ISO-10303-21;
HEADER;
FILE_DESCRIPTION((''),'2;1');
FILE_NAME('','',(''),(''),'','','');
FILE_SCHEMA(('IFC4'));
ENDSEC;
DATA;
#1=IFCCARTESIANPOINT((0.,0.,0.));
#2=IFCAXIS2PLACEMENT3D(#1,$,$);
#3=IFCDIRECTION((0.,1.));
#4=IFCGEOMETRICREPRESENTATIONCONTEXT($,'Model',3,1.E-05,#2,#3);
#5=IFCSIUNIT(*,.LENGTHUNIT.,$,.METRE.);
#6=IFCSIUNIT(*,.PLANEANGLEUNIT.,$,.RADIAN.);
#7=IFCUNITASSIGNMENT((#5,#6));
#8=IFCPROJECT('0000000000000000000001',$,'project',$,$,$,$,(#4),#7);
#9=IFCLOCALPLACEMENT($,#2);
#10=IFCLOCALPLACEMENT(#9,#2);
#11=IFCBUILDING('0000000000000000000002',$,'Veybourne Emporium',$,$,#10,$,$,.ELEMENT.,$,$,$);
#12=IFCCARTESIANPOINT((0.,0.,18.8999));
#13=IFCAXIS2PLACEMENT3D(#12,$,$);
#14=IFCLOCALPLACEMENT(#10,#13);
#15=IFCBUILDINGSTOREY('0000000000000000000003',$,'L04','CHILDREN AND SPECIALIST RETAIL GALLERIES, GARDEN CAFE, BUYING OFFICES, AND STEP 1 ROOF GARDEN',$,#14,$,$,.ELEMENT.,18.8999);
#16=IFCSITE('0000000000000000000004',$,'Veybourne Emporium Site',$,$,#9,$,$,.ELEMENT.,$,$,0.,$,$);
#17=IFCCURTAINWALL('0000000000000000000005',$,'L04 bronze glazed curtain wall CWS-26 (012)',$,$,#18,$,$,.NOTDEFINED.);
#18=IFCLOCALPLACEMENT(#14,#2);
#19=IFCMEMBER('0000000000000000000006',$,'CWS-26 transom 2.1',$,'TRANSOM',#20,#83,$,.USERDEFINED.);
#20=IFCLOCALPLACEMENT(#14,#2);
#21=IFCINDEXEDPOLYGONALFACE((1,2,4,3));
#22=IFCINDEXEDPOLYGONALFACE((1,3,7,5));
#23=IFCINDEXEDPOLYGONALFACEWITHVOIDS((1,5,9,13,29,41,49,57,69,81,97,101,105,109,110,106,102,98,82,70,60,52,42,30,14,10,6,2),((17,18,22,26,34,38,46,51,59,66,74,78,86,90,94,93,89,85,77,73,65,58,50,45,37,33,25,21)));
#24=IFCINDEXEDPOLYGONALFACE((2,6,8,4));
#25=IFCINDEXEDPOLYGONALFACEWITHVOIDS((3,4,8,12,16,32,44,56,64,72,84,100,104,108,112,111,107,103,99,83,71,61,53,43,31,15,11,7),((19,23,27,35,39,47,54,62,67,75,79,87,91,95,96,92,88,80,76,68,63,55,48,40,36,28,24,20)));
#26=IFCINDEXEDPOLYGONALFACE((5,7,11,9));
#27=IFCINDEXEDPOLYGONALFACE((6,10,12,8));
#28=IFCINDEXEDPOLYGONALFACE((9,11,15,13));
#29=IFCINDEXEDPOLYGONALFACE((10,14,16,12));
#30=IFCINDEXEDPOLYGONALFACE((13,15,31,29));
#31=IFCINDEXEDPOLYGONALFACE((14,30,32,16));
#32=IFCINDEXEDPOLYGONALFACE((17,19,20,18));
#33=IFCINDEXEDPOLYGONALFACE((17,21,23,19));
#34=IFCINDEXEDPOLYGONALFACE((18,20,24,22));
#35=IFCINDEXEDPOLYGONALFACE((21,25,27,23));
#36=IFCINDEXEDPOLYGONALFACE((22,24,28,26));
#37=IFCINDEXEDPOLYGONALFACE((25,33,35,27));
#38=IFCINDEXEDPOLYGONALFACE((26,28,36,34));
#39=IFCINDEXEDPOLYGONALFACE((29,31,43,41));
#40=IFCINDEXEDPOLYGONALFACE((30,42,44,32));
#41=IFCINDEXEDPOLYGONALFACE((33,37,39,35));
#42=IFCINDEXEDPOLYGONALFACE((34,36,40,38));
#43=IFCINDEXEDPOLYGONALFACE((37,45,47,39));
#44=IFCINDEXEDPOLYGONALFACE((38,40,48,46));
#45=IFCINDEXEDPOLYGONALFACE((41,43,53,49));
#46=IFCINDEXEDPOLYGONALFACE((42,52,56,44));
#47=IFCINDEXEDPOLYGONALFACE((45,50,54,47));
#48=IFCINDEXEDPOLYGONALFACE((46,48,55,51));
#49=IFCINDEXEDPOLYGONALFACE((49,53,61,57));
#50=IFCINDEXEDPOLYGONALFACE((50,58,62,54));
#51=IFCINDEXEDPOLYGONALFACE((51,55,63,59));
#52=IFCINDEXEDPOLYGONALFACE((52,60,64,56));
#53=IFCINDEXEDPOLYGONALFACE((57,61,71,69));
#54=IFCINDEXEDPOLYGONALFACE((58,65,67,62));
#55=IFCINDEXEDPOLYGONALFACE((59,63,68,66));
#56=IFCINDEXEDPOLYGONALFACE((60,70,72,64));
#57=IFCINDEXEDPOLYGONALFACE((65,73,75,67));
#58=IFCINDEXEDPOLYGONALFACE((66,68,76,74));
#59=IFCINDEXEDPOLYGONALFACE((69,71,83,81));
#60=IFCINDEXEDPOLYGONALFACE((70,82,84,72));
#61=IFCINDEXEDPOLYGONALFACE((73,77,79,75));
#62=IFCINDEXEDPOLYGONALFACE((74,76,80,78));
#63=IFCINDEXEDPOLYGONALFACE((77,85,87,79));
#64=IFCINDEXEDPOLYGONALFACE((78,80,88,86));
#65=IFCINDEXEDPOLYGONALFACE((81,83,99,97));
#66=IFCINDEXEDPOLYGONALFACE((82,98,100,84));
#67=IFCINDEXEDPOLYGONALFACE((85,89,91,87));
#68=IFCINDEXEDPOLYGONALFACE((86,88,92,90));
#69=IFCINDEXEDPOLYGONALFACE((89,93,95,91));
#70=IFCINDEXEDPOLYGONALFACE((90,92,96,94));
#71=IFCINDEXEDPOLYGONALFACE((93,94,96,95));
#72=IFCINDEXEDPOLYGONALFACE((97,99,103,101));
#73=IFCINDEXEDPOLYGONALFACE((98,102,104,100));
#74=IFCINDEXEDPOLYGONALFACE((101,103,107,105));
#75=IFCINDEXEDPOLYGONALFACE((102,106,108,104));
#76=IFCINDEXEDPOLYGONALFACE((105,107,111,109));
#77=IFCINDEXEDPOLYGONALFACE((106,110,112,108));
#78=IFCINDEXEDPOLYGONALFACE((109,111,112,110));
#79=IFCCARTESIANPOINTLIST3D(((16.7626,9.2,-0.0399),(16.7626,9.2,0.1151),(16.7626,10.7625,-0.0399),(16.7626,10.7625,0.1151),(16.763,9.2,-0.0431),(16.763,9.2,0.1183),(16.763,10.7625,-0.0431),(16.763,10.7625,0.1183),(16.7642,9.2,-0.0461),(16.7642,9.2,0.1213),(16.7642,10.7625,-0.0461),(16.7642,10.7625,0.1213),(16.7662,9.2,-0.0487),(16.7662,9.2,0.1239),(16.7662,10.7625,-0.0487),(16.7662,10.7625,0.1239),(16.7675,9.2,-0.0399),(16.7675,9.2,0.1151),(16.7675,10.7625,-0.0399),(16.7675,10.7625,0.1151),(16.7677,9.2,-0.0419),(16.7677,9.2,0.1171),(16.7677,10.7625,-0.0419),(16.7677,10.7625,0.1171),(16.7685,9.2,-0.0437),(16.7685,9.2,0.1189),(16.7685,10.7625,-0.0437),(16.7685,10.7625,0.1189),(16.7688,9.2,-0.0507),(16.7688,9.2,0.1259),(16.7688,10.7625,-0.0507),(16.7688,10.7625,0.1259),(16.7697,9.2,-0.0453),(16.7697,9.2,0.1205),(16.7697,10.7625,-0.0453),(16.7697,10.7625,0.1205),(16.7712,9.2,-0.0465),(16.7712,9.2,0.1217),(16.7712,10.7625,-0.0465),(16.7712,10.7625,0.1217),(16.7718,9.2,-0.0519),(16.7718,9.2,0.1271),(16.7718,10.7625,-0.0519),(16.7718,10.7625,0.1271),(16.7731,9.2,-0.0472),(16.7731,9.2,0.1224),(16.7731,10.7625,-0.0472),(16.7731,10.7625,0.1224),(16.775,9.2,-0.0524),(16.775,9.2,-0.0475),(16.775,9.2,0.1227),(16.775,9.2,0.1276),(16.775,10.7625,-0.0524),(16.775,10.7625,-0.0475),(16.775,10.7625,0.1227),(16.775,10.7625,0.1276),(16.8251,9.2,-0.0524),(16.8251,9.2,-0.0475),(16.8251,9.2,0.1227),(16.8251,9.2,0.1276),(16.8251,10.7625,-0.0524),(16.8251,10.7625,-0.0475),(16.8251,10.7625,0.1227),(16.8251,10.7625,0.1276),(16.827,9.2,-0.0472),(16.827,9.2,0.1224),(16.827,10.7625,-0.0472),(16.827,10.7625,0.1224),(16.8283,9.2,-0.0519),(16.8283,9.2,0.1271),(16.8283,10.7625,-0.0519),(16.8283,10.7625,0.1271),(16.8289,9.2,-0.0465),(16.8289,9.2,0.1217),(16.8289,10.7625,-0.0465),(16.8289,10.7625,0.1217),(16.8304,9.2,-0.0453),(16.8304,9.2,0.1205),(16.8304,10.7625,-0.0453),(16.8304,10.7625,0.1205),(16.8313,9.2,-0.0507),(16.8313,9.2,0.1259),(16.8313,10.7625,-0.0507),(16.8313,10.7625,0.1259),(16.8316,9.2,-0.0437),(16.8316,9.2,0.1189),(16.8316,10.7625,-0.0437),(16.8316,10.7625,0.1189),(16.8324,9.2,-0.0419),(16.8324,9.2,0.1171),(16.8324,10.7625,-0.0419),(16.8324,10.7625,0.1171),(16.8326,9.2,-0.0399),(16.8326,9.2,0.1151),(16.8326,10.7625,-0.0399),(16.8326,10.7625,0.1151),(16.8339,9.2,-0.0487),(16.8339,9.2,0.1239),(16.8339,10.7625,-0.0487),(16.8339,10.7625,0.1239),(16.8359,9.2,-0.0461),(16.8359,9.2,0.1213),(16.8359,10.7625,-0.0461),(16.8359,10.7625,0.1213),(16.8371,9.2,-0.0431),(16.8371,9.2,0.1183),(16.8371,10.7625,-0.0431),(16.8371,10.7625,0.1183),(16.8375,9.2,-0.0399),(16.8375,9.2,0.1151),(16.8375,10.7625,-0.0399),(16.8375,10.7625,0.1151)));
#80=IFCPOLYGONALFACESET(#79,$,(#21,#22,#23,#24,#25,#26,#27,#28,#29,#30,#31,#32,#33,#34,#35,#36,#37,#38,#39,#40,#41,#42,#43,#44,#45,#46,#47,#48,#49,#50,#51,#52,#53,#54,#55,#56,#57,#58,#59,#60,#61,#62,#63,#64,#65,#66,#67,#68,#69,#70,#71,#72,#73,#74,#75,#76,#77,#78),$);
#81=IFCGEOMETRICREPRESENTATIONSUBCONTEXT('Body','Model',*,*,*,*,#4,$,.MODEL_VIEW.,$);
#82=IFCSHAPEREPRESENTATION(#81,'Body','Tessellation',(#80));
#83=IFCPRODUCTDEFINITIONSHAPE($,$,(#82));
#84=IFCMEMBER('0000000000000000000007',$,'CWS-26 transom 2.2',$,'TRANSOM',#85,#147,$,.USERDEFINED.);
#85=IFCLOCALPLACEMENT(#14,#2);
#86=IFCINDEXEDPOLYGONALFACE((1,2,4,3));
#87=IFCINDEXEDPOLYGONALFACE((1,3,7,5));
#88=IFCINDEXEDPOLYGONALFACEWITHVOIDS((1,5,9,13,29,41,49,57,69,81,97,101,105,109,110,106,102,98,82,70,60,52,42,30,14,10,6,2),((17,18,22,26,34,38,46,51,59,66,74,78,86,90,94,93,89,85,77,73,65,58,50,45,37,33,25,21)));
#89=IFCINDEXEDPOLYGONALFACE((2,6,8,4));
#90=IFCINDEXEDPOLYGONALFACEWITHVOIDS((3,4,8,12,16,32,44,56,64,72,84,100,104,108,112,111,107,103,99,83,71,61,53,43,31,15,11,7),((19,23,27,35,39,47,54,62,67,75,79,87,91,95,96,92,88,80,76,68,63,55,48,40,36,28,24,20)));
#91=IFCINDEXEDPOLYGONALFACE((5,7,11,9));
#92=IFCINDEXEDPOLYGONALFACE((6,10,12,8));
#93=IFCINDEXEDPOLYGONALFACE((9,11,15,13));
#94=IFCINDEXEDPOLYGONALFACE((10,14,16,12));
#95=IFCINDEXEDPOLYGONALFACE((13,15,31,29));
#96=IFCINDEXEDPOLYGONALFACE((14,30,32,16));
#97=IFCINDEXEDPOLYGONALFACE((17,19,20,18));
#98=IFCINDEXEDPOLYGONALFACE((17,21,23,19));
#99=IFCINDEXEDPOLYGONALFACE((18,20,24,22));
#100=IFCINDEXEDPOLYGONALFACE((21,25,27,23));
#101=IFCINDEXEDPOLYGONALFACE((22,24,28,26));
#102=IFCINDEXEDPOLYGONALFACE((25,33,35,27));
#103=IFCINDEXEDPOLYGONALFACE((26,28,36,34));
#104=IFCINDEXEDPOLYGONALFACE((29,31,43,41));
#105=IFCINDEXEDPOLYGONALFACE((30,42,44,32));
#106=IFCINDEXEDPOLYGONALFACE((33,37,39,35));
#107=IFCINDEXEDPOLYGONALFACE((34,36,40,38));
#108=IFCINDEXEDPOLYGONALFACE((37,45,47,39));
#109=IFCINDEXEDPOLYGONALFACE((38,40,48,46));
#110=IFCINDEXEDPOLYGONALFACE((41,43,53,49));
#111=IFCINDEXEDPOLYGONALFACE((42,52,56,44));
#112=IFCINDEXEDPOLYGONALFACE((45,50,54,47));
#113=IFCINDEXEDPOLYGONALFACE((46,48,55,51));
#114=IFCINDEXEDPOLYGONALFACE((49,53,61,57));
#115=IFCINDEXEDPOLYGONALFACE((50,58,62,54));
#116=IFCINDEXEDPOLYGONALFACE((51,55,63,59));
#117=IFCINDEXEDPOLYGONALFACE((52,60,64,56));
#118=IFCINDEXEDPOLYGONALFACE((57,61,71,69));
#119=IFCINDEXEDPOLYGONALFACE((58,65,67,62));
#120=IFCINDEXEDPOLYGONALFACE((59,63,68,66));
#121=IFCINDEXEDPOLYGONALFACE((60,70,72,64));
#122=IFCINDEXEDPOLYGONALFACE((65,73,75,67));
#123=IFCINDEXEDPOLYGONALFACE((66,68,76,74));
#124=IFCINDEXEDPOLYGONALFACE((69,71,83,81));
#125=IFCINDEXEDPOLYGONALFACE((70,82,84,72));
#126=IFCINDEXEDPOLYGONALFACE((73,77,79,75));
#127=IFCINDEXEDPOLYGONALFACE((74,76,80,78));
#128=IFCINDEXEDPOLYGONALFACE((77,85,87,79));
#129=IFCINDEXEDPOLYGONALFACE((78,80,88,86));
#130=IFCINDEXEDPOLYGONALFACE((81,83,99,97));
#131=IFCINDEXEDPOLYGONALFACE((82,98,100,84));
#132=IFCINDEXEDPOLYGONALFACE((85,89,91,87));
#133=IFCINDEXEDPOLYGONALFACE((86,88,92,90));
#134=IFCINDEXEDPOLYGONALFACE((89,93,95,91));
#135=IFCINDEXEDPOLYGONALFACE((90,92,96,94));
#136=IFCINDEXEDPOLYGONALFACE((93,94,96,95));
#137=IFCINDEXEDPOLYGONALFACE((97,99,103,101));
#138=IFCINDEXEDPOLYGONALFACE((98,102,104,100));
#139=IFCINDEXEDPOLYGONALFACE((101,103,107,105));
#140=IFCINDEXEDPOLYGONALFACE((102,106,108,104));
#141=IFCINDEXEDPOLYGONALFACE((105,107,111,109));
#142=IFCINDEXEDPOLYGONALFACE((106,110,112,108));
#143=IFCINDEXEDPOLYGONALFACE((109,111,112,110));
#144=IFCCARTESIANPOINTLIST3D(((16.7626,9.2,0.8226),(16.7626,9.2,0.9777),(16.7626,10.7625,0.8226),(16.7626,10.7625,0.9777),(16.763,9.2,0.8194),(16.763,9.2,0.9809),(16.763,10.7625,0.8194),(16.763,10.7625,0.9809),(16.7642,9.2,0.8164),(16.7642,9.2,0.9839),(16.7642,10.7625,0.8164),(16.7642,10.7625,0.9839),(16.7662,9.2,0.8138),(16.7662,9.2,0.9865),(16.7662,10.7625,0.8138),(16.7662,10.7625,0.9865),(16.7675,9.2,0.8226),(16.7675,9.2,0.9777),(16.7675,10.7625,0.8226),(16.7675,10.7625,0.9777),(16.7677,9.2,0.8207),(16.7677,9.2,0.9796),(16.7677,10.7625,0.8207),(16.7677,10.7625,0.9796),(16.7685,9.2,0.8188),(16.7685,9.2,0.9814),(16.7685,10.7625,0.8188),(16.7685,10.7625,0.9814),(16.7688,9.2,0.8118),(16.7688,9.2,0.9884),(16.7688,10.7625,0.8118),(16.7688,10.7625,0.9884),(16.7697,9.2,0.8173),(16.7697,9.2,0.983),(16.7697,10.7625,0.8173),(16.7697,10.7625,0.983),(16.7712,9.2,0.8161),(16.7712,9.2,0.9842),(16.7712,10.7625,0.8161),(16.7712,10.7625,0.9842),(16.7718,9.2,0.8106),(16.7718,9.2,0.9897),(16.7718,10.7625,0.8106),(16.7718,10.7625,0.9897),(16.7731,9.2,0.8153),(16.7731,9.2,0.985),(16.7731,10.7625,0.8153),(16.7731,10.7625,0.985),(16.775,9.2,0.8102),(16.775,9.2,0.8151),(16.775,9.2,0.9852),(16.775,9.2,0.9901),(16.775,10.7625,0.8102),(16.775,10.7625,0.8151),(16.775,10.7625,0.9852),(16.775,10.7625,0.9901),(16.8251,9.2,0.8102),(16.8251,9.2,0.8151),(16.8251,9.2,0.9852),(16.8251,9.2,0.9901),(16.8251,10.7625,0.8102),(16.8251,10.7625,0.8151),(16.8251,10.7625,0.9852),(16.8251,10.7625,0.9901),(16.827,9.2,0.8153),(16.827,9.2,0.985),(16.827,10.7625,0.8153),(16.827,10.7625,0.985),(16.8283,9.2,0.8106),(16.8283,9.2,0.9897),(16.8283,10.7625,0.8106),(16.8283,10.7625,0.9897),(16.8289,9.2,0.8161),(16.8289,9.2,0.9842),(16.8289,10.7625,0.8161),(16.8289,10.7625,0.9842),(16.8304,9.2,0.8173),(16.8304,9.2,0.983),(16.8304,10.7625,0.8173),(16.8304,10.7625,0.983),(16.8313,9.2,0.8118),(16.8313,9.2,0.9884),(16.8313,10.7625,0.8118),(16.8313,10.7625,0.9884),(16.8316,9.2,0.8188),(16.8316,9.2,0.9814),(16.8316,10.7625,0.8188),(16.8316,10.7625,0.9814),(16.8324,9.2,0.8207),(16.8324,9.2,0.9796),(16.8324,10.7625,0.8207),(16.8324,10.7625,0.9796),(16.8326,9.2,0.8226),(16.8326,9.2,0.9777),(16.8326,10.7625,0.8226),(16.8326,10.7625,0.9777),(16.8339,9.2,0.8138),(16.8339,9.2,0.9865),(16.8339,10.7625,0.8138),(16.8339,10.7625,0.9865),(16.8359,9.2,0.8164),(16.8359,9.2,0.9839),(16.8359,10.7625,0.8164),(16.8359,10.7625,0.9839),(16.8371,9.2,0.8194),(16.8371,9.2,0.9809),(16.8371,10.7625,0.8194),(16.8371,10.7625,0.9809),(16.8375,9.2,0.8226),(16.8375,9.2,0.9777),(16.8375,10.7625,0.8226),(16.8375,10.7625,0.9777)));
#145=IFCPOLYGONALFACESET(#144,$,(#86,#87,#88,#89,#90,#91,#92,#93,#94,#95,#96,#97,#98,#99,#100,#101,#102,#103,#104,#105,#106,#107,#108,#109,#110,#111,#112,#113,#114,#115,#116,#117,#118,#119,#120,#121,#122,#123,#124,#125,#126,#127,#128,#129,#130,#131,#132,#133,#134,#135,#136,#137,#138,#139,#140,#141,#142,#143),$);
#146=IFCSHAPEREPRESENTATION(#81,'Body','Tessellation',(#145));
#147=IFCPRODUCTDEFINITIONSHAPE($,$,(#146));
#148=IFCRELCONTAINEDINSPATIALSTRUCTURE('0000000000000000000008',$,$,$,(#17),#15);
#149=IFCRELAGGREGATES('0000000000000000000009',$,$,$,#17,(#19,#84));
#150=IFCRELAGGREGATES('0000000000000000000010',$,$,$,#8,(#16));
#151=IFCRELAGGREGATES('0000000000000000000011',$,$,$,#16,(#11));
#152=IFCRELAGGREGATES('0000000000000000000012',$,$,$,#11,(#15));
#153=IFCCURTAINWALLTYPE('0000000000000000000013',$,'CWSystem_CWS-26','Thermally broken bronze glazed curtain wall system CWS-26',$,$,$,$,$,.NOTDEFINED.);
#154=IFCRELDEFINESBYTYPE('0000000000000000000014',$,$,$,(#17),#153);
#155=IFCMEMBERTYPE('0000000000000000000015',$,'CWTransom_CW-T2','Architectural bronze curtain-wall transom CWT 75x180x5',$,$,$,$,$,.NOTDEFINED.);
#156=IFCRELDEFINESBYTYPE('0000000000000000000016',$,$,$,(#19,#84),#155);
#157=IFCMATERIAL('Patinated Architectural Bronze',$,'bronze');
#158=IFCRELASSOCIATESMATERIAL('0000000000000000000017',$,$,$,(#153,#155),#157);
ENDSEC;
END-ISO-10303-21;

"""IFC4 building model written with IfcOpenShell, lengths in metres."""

from ifc_helpers import new_model, si_unit, direction, frame, origin, origin_2d, place, context, subcontext, project, spatial, hollow_rectangle, extrude, material, material_profile, profile_set, type_object, element, aggregate, save


model = new_model("IFC4")

# Units and contexts
model_context = context("Model", 3, precision=1e-05, world=origin(), true_north=direction((0.0, 1.0)))
body_context = subcontext(model_context, "Body", "Model", "MODEL_VIEW")
ifc_project = project(units=[si_unit("LENGTHUNIT", "METRE"), si_unit("PLANEANGLEUNIT", "RADIAN")], contexts=[model_context])

# Site, building, storey
site_placement = place(None, origin())
site = spatial("IfcSite", under=ifc_project, at=site_placement, Name="Veybourne Emporium Site", CompositionType="ELEMENT", RefElevation=0.0)
building_placement = place(site_placement, origin())
building = spatial("IfcBuilding", under=site, at=building_placement, Name="Veybourne Emporium", CompositionType="ELEMENT")
storey_placement = place(building_placement, frame((0.0, 0.0, 18.8999)))
storey = spatial("IfcBuildingStorey", under=building, at=storey_placement, Name="L04", Description="CHILDREN AND SPECIALIST RETAIL GALLERIES, GARDEN CAFE, BUYING OFFICES, AND STEP 1 ROOF GARDEN", CompositionType="ELEMENT", Elevation=18.8999)

# Curtain wall, members
ifc_material_1 = material(Name="Patinated Architectural Bronze", Category="bronze")
curtain_wall_type = type_object("IfcCurtainWallType", Name="CWSystem_CWS-26", Description="Thermally broken bronze glazed curtain wall system CWS-26", PredefinedType="NOTDEFINED", material=ifc_material_1)
curtain_wall_placement = place(storey_placement, origin())
curtain_wall = element("IfcCurtainWall", 1, at=curtain_wall_placement, inside=storey, type_object=curtain_wall_type, Name="L04 bronze glazed curtain wall CWS-26 (012)", PredefinedType="NOTDEFINED")
ifc_material_profile_1 = material_profile(ifc_material_1, hollow_rectangle(XDim=0.075, YDim=0.1799, WallThickness=0.0049, InnerFilletRadius=0.0076, OuterFilletRadius=0.0125, at=origin_2d()), Name="CWT 75x180x5")
ifc_profile_set_1 = profile_set([ifc_material_profile_1], Name="Patinated Architectural Bronze")
member_type_1 = type_object("IfcMemberType", Name="CWTransom_CW-T2", Description="Architectural bronze curtain-wall transom CWT 75x180x5", PredefinedType="NOTDEFINED", material=ifc_profile_set_1)
member_1_placement = place(storey_placement, frame((16.8, 9.2, 0.0376), z_axis=(0.0, 1.0, 0.0), x_axis=(-1.0, 0.0, 0.0)))
member_1 = element("IfcMember", 2, at=member_1_placement, type_object=member_type_1, Name="CWS-26 transom 2.1", ObjectType="TRANSOM", PredefinedType="USERDEFINED", context=body_context, shape_type="SweptSolid", body=[
    extrude(hollow_rectangle(XDim=0.075, YDim=0.1799, WallThickness=0.0049, InnerFilletRadius=0.0076, OuterFilletRadius=0.0125, at=origin_2d()), origin(), (0.0, 0.0, 1.0), 1.5625),
])
member_2_placement = place(storey_placement, frame((16.8, 9.2, 0.9001), z_axis=(0.0, 1.0, 0.0), x_axis=(-1.0, 0.0, 0.0)))
member_2 = element("IfcMember", 3, at=member_2_placement, type_object=member_type_1, Name="CWS-26 transom 2.2", ObjectType="TRANSOM", PredefinedType="USERDEFINED", context=body_context, shape_type="SweptSolid", body=[
    extrude(hollow_rectangle(XDim=0.075, YDim=0.1799, WallThickness=0.0049, InnerFilletRadius=0.0076, OuterFilletRadius=0.0125, at=origin_2d()), origin(), (0.0, 0.0, 1.0), 1.5625),
])

aggregate(curtain_wall, [member_1, member_2])

save(model, "model.ifc")
